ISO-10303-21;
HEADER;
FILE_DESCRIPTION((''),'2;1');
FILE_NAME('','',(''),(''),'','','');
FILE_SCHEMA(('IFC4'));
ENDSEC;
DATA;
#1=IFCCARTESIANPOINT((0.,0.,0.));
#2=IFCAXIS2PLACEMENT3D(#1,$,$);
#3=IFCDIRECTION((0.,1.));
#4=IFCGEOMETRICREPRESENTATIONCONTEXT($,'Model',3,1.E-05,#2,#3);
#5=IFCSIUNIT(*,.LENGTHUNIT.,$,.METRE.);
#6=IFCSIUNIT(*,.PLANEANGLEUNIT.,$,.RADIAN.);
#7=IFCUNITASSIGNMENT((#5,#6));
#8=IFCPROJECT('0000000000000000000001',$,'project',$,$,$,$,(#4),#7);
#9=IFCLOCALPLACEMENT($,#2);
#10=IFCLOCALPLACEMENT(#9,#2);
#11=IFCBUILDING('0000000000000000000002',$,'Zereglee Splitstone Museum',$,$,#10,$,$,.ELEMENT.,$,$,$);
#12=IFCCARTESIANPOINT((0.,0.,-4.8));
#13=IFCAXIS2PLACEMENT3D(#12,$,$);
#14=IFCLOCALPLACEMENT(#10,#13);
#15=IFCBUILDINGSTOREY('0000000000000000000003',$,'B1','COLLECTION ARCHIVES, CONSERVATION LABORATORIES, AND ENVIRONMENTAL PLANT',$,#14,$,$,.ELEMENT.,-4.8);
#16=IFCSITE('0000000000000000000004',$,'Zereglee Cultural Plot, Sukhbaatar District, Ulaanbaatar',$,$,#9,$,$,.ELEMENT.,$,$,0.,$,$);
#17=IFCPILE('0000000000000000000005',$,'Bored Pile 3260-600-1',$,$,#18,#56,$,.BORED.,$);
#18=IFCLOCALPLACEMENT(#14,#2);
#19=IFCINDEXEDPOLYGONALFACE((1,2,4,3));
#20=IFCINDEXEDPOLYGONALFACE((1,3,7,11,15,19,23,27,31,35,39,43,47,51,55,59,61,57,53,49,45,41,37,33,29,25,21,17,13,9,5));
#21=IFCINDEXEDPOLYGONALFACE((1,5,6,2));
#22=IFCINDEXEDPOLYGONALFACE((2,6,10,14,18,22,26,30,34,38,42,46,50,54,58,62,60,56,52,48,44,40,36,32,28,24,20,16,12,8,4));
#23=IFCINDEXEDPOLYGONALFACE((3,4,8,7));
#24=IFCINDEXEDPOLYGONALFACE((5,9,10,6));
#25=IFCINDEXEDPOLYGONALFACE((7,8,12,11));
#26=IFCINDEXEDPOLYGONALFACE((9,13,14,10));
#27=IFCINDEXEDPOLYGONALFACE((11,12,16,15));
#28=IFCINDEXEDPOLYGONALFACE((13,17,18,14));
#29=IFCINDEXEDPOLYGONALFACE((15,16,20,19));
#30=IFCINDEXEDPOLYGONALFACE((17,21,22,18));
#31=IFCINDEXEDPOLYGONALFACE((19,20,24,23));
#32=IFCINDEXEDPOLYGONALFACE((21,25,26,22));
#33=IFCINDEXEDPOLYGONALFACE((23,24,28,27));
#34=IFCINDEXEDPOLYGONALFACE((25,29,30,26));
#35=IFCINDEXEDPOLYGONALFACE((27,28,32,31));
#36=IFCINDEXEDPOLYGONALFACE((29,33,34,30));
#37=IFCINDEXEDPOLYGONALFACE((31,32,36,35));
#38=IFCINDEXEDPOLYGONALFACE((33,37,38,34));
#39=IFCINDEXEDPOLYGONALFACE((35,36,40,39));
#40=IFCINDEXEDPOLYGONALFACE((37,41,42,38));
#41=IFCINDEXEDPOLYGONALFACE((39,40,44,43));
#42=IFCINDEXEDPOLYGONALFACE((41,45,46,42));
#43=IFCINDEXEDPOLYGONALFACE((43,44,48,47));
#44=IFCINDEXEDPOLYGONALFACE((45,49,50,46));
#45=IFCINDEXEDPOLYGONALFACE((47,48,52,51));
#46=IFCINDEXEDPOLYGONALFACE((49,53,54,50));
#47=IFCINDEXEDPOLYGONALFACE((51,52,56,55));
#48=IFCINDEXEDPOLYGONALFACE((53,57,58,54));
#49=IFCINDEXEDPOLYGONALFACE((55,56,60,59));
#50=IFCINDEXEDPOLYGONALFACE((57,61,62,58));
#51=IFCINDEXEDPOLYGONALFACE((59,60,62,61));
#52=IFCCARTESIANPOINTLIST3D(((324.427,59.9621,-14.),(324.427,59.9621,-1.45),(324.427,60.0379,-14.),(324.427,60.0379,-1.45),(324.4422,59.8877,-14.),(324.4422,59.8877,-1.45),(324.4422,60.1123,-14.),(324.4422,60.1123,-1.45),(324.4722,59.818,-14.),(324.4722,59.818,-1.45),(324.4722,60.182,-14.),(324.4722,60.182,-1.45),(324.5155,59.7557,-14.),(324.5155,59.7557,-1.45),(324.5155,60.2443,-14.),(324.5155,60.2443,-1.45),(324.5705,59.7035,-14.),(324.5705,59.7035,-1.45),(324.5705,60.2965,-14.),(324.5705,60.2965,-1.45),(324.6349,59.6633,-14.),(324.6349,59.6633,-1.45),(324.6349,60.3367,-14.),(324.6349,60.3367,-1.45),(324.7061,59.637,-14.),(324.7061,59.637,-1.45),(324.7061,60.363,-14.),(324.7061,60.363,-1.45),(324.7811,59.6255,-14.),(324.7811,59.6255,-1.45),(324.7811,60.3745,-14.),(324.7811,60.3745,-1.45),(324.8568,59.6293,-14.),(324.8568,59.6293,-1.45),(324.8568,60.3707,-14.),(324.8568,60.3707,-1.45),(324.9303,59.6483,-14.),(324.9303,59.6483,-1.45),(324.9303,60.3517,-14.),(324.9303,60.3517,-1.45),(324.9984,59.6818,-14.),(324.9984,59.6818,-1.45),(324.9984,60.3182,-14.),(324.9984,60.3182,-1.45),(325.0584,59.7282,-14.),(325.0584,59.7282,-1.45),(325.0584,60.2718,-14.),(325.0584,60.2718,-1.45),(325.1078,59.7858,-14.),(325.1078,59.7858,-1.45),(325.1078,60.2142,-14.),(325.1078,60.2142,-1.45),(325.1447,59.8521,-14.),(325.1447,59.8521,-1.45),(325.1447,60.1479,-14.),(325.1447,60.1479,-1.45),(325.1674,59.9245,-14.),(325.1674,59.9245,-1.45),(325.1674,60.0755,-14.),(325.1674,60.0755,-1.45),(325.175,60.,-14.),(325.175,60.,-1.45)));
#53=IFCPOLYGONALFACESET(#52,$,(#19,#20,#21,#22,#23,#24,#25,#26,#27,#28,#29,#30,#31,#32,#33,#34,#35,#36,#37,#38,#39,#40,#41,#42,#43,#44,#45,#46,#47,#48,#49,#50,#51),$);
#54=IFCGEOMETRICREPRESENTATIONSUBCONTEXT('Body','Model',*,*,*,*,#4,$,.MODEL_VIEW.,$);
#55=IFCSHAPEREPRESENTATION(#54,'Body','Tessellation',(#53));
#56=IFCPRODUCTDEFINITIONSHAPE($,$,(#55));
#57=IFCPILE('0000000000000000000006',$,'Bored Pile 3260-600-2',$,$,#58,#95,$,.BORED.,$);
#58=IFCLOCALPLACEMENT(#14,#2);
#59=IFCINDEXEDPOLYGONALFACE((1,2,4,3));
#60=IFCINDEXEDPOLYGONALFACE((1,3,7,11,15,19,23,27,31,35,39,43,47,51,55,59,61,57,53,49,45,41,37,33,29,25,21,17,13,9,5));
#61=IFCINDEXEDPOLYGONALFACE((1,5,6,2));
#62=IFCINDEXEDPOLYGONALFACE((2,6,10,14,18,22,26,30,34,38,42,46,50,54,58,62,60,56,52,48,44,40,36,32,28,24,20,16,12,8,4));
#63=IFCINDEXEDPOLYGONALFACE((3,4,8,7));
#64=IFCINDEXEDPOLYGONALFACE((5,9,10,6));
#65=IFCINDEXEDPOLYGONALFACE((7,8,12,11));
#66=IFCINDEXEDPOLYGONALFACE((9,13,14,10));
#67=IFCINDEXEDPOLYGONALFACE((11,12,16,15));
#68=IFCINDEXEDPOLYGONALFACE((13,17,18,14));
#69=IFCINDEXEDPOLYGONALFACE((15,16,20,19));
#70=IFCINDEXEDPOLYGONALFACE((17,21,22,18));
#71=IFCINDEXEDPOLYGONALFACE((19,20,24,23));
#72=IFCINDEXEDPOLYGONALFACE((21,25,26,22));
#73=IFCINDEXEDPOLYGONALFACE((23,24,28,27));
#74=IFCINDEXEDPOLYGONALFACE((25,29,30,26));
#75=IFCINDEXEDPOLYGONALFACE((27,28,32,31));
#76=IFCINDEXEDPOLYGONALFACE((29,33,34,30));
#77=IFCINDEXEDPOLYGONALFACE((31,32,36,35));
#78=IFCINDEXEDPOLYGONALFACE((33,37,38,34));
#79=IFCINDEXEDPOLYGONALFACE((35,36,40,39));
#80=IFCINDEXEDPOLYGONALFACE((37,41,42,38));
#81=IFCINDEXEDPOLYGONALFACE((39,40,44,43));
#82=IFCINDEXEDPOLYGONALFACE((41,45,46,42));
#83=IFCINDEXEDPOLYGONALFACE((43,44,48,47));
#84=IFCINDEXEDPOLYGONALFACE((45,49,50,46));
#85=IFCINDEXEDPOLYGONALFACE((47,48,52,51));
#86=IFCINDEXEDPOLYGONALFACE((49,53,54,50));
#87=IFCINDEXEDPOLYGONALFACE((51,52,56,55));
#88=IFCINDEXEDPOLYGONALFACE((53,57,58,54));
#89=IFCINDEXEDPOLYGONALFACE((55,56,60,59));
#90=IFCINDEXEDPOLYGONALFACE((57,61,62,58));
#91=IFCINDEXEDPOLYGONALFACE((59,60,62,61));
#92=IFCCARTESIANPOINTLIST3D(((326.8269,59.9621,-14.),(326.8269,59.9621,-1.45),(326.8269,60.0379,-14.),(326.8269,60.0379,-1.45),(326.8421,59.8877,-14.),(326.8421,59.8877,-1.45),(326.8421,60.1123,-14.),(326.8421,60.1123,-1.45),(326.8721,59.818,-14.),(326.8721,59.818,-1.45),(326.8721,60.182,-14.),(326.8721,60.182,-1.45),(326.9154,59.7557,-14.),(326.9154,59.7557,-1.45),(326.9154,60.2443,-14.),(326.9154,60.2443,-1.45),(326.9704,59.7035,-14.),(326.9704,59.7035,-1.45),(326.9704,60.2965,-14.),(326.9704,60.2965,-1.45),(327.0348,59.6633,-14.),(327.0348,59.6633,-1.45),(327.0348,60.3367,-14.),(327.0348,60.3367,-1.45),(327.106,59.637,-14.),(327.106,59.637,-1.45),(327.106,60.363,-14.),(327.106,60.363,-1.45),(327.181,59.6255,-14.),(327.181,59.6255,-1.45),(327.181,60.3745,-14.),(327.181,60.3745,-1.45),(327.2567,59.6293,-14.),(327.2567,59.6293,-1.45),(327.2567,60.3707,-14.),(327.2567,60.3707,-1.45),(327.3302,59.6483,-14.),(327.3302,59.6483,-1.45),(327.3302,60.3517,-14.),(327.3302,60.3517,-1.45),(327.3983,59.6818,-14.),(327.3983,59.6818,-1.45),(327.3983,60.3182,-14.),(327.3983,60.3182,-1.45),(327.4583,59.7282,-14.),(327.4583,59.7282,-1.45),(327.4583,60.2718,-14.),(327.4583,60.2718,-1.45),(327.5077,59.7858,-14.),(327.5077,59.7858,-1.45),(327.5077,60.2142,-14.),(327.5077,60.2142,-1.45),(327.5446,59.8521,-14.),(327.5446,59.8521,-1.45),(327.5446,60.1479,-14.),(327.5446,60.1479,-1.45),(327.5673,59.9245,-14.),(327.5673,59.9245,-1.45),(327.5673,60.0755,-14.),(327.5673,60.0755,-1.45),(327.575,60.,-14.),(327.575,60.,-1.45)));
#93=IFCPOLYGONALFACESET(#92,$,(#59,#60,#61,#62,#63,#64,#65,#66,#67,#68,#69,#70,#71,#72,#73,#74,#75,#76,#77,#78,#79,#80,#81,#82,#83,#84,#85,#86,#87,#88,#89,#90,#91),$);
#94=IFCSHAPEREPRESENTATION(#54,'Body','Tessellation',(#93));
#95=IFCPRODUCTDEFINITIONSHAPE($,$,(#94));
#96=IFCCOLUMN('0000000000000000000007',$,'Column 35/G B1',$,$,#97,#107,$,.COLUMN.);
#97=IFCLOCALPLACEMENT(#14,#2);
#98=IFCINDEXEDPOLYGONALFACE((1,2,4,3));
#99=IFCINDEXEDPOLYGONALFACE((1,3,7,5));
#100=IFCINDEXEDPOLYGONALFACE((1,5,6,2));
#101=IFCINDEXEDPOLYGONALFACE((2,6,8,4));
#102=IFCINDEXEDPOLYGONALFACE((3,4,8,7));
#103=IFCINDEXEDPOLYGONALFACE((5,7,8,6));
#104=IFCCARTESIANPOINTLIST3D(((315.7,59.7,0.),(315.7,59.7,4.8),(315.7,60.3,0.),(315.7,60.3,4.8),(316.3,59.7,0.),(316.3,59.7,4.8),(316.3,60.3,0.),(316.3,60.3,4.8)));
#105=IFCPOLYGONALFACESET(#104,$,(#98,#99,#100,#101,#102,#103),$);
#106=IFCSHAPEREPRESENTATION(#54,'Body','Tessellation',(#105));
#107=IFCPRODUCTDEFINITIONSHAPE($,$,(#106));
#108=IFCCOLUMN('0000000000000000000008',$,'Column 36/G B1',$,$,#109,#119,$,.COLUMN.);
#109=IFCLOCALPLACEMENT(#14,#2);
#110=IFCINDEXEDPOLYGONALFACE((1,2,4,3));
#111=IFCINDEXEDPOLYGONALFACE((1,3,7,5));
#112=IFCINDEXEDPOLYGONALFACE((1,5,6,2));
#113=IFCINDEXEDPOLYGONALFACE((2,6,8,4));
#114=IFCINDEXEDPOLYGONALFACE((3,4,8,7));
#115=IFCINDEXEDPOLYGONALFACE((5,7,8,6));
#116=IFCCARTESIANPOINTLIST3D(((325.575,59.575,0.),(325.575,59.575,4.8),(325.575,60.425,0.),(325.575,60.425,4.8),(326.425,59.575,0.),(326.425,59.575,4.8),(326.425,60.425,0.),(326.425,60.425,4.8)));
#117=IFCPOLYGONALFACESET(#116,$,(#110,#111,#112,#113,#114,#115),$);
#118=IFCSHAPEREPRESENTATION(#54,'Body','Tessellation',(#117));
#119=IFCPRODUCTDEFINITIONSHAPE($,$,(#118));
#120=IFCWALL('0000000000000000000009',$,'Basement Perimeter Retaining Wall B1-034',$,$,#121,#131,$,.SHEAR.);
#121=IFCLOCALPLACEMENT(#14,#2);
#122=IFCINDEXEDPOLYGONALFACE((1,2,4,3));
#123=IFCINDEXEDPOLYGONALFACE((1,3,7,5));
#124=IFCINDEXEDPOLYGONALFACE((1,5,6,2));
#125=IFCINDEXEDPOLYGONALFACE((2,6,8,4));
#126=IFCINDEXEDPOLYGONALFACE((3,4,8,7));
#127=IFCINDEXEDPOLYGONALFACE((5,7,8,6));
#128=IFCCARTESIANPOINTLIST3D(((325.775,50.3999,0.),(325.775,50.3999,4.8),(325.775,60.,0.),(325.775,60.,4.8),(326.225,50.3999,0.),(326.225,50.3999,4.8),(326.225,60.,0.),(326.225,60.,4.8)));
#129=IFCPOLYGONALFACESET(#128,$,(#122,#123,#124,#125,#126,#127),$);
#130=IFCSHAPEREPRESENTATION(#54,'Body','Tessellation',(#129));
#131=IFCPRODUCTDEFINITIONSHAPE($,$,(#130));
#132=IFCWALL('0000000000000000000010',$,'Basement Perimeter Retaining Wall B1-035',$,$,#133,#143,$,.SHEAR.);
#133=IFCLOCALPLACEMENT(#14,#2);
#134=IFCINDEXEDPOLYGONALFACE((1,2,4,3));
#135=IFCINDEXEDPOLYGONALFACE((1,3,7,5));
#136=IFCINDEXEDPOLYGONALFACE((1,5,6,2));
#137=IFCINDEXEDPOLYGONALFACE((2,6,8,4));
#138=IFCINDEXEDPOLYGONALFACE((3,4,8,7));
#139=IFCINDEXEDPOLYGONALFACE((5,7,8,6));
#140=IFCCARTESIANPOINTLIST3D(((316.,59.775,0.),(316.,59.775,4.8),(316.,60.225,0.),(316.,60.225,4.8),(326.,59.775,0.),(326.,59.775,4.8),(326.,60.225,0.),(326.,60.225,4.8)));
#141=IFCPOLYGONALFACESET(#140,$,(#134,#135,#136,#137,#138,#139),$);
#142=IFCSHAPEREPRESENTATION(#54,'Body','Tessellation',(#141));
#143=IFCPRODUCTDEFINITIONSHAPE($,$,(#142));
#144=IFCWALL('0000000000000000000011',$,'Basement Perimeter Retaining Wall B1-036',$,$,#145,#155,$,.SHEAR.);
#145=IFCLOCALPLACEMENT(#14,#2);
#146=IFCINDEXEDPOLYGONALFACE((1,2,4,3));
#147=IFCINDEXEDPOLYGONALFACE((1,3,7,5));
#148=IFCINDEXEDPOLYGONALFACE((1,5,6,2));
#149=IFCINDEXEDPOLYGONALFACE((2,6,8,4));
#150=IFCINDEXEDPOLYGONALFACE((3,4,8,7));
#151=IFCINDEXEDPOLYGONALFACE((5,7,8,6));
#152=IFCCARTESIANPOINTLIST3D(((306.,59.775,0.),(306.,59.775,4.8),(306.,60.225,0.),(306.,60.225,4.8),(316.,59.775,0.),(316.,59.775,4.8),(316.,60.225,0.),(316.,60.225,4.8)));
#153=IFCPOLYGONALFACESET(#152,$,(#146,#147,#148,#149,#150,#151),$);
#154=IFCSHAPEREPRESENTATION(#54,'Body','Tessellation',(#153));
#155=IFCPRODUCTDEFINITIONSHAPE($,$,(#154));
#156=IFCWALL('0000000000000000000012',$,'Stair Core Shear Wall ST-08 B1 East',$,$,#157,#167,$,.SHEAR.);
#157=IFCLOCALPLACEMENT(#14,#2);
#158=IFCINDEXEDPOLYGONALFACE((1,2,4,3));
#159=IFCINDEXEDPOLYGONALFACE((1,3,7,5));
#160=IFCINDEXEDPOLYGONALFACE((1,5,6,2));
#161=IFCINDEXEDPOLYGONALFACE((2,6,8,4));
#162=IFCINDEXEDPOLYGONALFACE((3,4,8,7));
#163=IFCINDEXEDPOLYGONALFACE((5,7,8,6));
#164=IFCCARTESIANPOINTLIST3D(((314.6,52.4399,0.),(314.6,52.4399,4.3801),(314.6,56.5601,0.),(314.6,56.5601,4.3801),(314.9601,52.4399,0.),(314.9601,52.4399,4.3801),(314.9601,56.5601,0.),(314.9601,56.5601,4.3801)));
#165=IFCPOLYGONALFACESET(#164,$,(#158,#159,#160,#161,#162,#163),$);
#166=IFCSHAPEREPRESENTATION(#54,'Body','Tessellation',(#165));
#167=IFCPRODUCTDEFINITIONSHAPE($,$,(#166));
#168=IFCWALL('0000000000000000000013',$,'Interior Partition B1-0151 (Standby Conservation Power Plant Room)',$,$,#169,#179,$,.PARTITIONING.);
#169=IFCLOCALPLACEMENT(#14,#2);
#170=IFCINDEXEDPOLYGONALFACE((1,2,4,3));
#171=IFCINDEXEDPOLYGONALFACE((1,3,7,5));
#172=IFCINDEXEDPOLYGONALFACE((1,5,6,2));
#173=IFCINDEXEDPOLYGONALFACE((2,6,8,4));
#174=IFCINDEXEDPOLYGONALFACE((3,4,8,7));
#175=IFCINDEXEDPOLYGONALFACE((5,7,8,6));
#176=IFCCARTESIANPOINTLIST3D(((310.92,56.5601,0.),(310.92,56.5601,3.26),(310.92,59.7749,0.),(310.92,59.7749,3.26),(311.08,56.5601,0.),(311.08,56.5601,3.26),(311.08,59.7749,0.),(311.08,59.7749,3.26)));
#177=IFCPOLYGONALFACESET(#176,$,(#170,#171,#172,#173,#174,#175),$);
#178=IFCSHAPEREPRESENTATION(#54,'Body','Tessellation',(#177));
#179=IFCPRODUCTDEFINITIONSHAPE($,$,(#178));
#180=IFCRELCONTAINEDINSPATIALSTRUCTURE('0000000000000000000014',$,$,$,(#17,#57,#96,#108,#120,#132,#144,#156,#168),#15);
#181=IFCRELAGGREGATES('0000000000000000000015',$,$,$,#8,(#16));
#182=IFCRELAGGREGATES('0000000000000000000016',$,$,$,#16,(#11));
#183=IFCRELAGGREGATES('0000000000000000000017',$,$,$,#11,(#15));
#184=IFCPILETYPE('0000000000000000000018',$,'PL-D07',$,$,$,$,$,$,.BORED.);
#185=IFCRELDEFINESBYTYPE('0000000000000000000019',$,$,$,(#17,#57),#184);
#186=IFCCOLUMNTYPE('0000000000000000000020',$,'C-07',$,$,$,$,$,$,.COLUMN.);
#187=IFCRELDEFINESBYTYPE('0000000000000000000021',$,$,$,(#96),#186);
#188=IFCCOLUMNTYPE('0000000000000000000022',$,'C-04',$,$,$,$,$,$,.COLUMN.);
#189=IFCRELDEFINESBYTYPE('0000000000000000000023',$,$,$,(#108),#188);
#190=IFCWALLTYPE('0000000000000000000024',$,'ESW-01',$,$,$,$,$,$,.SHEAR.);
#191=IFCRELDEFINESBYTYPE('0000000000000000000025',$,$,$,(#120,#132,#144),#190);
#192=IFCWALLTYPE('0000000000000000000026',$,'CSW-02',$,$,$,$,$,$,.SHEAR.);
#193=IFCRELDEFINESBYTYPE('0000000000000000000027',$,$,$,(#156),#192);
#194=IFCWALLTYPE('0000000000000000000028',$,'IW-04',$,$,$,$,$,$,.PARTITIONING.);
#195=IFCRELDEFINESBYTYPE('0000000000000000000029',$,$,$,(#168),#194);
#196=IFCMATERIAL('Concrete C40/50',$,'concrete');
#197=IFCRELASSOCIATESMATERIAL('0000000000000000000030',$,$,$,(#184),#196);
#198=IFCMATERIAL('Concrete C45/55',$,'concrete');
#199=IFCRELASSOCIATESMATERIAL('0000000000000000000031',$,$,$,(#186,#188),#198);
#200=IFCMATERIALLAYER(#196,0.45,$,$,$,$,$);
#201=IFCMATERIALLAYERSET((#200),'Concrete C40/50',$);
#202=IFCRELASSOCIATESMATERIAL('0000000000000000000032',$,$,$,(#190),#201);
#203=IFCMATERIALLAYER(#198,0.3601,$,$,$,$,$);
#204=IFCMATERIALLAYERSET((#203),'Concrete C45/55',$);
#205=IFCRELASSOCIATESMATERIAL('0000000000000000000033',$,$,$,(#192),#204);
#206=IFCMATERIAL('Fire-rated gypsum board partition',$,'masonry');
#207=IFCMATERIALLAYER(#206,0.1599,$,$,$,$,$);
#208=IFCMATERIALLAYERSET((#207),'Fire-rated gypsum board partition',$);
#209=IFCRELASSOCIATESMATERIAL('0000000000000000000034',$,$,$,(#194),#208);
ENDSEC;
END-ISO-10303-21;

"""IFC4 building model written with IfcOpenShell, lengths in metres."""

from ifc_helpers import new_model, si_unit, direction, frame, frame_2d, origin, origin_2d, place, context, subcontext, project, spatial, rectangle, circle, extrude, material, layer, layer_set, material_profile, profile_set, type_object, element, save


model = new_model("IFC4")

# Units and contexts
model_context = context("Model", 3, precision=1e-05, world=origin(), true_north=direction((0.0, 1.0)))
body_context = subcontext(model_context, "Body", "Model", "MODEL_VIEW")
ifc_project = project(units=[si_unit("LENGTHUNIT", "METRE"), si_unit("PLANEANGLEUNIT", "RADIAN")], contexts=[model_context])

# Site, building, storey
site_placement = place(None, origin())
site = spatial("IfcSite", under=ifc_project, at=site_placement, Name="Zereglee Cultural Plot, Sukhbaatar District, Ulaanbaatar", CompositionType="ELEMENT", RefElevation=0.0)
building_placement = place(site_placement, origin())
building = spatial("IfcBuilding", under=site, at=building_placement, Name="Zereglee Splitstone Museum", CompositionType="ELEMENT")
storey_placement = place(building_placement, frame((0.0, 0.0, -4.8)))
storey = spatial("IfcBuildingStorey", under=building, at=storey_placement, Name="B1", Description="COLLECTION ARCHIVES, CONSERVATION LABORATORIES, AND ENVIRONMENTAL PLANT", CompositionType="ELEMENT", Elevation=-4.8)

# Shared definitions
ifc_material_1 = material(Name="Concrete C40/50", Category="concrete")

# Piles
ifc_material_profile_1 = material_profile(ifc_material_1, circle(Radius=0.375, at=origin_2d()), Name="PILE D750")
ifc_profile_set_1 = profile_set([ifc_material_profile_1], Name="Concrete C40/50")
pile_type = type_object("IfcPileType", Name="PL-D07", PredefinedType="BORED", material=ifc_profile_set_1)
for number, where, z_axis, x_axis, name in (
    (1, (324.8, 60.0, -1.45), (0.0, 0.0, -1.0), (1.0, 0.0, 0.0), "Bored Pile 3260-600-1"),
    (2, (327.2, 60.0, -1.45), (0.0, 0.0, -1.0), (1.0, 0.0, 0.0), "Bored Pile 3260-600-2"),
):
    element("IfcPile", number, at=place(storey_placement, frame(where, z_axis=z_axis, x_axis=x_axis)), inside=storey, type_object=pile_type, Name=name, PredefinedType="BORED", context=body_context, shape_type="SweptSolid", body=[
        extrude(circle(Radius=0.375, at=origin_2d()), origin(), (0.0, 0.0, 1.0), 12.55),
    ])

# Columns
ifc_material_2 = material(Name="Concrete C45/55", Category="concrete")
ifc_material_profile_2 = material_profile(ifc_material_2, rectangle(XDim=0.6001, YDim=0.6001, at=origin_2d()), Name="RC 600x600")
ifc_profile_set_2 = profile_set([ifc_material_profile_2], Name="Concrete C45/55")
column_type_1 = type_object("IfcColumnType", Name="C-07", PredefinedType="COLUMN", material=ifc_profile_set_2)
column_1_placement = place(storey_placement, frame((316.0, 60.0, 0.0), z_axis=(0.0, 0.0, 1.0), x_axis=(1.0, 0.0, 0.0)))
element("IfcColumn", 3, at=column_1_placement, inside=storey, type_object=column_type_1, Name="Column 35/G B1", PredefinedType="COLUMN", context=body_context, shape_type="SweptSolid", body=[
    extrude(rectangle(XDim=0.6001, YDim=0.6001, at=origin_2d()), origin(), (0.0, 0.0, 1.0), 4.8),
])
ifc_material_profile_3 = material_profile(ifc_material_2, rectangle(XDim=0.8501, YDim=0.8501, at=origin_2d()), Name="RC 850x850")
ifc_profile_set_3 = profile_set([ifc_material_profile_3], Name="Concrete C45/55")
column_type_2 = type_object("IfcColumnType", Name="C-04", PredefinedType="COLUMN", material=ifc_profile_set_3)
column_2_placement = place(storey_placement, frame((326.0, 60.0, 0.0), z_axis=(0.0, 0.0, 1.0), x_axis=(1.0, 0.0, 0.0)))
element("IfcColumn", 4, at=column_2_placement, inside=storey, type_object=column_type_2, Name="Column 36/G B1", PredefinedType="COLUMN", context=body_context, shape_type="SweptSolid", body=[
    extrude(rectangle(XDim=0.8501, YDim=0.8501, at=origin_2d()), origin(), (0.0, 0.0, 1.0), 4.8),
])

# Walls
ifc_layer_1 = layer(ifc_material_1, 0.45)
ifc_layer_set_1 = layer_set([ifc_layer_1], Name="Concrete C40/50")
wall_type_1 = type_object("IfcWallType", Name="ESW-01", PredefinedType="SHEAR", material=ifc_layer_set_1)
wall_1_placement = place(storey_placement, frame((326.0, 50.3999, 0.0), z_axis=(0.0, 0.0, 1.0), x_axis=(0.0, 1.0, 0.0)))
element("IfcWall", 5, at=wall_1_placement, inside=storey, type_object=wall_type_1, Name="Basement Perimeter Retaining Wall B1-034", PredefinedType="SHEAR", context=body_context, shape_type="SweptSolid", body=[
    extrude(rectangle(XDim=9.6001, YDim=0.45, at=frame_2d((4.8, 0.0))), origin(), (0.0, 0.0, 1.0), 4.8),
])
for number, where, z_axis, x_axis, name in (
    (6, (326.0, 60.0, 0.0), (0.0, 0.0, 1.0), (-1.0, 0.0, 0.0), "Basement Perimeter Retaining Wall B1-035"),
    (7, (316.0, 60.0, 0.0), (0.0, 0.0, 1.0), (-1.0, 0.0, 0.0), "Basement Perimeter Retaining Wall B1-036"),
):
    element("IfcWall", number, at=place(storey_placement, frame(where, z_axis=z_axis, x_axis=x_axis)), inside=storey, type_object=wall_type_1, Name=name, PredefinedType="SHEAR", context=body_context, shape_type="SweptSolid", body=[
        extrude(rectangle(XDim=10.0, YDim=0.45, at=frame_2d((5.0, 0.0))), origin(), (0.0, 0.0, 1.0), 4.8),
    ])
ifc_layer_2 = layer(ifc_material_2, 0.3601)
ifc_layer_set_2 = layer_set([ifc_layer_2], Name="Concrete C45/55")
wall_type_2 = type_object("IfcWallType", Name="CSW-02", PredefinedType="SHEAR", material=ifc_layer_set_2)
wall_2_placement = place(storey_placement, frame((314.78, 52.4399, 0.0), z_axis=(0.0, 0.0, 1.0), x_axis=(0.0, 1.0, 0.0)))
element("IfcWall", 8, at=wall_2_placement, inside=storey, type_object=wall_type_2, Name="Stair Core Shear Wall ST-08 B1 East", PredefinedType="SHEAR", context=body_context, shape_type="SweptSolid", body=[
    extrude(rectangle(XDim=4.1201, YDim=0.3601, at=frame_2d((2.0601, 0.0))), origin(), (0.0, 0.0, 1.0), 4.3801),
])
ifc_material_3 = material(Name="Fire-rated gypsum board partition", Category="masonry")
ifc_layer_3 = layer(ifc_material_3, 0.1599)
ifc_layer_set_3 = layer_set([ifc_layer_3], Name="Fire-rated gypsum board partition")
wall_type_3 = type_object("IfcWallType", Name="IW-04", PredefinedType="PARTITIONING", material=ifc_layer_set_3)
wall_3_placement = place(storey_placement, frame((311.0, 56.5601, 0.0), z_axis=(0.0, 0.0, 1.0), x_axis=(0.0, 1.0, 0.0)))
element("IfcWall", 9, at=wall_3_placement, inside=storey, type_object=wall_type_3, Name="Interior Partition B1-0151 (Standby Conservation Power Plant Room)", PredefinedType="PARTITIONING", context=body_context, shape_type="SweptSolid", body=[
    extrude(rectangle(XDim=3.2148, YDim=0.1599, at=frame_2d((1.6074, 0.0))), origin(), (0.0, 0.0, 1.0), 3.26),
])

save(model, "model.ifc")
